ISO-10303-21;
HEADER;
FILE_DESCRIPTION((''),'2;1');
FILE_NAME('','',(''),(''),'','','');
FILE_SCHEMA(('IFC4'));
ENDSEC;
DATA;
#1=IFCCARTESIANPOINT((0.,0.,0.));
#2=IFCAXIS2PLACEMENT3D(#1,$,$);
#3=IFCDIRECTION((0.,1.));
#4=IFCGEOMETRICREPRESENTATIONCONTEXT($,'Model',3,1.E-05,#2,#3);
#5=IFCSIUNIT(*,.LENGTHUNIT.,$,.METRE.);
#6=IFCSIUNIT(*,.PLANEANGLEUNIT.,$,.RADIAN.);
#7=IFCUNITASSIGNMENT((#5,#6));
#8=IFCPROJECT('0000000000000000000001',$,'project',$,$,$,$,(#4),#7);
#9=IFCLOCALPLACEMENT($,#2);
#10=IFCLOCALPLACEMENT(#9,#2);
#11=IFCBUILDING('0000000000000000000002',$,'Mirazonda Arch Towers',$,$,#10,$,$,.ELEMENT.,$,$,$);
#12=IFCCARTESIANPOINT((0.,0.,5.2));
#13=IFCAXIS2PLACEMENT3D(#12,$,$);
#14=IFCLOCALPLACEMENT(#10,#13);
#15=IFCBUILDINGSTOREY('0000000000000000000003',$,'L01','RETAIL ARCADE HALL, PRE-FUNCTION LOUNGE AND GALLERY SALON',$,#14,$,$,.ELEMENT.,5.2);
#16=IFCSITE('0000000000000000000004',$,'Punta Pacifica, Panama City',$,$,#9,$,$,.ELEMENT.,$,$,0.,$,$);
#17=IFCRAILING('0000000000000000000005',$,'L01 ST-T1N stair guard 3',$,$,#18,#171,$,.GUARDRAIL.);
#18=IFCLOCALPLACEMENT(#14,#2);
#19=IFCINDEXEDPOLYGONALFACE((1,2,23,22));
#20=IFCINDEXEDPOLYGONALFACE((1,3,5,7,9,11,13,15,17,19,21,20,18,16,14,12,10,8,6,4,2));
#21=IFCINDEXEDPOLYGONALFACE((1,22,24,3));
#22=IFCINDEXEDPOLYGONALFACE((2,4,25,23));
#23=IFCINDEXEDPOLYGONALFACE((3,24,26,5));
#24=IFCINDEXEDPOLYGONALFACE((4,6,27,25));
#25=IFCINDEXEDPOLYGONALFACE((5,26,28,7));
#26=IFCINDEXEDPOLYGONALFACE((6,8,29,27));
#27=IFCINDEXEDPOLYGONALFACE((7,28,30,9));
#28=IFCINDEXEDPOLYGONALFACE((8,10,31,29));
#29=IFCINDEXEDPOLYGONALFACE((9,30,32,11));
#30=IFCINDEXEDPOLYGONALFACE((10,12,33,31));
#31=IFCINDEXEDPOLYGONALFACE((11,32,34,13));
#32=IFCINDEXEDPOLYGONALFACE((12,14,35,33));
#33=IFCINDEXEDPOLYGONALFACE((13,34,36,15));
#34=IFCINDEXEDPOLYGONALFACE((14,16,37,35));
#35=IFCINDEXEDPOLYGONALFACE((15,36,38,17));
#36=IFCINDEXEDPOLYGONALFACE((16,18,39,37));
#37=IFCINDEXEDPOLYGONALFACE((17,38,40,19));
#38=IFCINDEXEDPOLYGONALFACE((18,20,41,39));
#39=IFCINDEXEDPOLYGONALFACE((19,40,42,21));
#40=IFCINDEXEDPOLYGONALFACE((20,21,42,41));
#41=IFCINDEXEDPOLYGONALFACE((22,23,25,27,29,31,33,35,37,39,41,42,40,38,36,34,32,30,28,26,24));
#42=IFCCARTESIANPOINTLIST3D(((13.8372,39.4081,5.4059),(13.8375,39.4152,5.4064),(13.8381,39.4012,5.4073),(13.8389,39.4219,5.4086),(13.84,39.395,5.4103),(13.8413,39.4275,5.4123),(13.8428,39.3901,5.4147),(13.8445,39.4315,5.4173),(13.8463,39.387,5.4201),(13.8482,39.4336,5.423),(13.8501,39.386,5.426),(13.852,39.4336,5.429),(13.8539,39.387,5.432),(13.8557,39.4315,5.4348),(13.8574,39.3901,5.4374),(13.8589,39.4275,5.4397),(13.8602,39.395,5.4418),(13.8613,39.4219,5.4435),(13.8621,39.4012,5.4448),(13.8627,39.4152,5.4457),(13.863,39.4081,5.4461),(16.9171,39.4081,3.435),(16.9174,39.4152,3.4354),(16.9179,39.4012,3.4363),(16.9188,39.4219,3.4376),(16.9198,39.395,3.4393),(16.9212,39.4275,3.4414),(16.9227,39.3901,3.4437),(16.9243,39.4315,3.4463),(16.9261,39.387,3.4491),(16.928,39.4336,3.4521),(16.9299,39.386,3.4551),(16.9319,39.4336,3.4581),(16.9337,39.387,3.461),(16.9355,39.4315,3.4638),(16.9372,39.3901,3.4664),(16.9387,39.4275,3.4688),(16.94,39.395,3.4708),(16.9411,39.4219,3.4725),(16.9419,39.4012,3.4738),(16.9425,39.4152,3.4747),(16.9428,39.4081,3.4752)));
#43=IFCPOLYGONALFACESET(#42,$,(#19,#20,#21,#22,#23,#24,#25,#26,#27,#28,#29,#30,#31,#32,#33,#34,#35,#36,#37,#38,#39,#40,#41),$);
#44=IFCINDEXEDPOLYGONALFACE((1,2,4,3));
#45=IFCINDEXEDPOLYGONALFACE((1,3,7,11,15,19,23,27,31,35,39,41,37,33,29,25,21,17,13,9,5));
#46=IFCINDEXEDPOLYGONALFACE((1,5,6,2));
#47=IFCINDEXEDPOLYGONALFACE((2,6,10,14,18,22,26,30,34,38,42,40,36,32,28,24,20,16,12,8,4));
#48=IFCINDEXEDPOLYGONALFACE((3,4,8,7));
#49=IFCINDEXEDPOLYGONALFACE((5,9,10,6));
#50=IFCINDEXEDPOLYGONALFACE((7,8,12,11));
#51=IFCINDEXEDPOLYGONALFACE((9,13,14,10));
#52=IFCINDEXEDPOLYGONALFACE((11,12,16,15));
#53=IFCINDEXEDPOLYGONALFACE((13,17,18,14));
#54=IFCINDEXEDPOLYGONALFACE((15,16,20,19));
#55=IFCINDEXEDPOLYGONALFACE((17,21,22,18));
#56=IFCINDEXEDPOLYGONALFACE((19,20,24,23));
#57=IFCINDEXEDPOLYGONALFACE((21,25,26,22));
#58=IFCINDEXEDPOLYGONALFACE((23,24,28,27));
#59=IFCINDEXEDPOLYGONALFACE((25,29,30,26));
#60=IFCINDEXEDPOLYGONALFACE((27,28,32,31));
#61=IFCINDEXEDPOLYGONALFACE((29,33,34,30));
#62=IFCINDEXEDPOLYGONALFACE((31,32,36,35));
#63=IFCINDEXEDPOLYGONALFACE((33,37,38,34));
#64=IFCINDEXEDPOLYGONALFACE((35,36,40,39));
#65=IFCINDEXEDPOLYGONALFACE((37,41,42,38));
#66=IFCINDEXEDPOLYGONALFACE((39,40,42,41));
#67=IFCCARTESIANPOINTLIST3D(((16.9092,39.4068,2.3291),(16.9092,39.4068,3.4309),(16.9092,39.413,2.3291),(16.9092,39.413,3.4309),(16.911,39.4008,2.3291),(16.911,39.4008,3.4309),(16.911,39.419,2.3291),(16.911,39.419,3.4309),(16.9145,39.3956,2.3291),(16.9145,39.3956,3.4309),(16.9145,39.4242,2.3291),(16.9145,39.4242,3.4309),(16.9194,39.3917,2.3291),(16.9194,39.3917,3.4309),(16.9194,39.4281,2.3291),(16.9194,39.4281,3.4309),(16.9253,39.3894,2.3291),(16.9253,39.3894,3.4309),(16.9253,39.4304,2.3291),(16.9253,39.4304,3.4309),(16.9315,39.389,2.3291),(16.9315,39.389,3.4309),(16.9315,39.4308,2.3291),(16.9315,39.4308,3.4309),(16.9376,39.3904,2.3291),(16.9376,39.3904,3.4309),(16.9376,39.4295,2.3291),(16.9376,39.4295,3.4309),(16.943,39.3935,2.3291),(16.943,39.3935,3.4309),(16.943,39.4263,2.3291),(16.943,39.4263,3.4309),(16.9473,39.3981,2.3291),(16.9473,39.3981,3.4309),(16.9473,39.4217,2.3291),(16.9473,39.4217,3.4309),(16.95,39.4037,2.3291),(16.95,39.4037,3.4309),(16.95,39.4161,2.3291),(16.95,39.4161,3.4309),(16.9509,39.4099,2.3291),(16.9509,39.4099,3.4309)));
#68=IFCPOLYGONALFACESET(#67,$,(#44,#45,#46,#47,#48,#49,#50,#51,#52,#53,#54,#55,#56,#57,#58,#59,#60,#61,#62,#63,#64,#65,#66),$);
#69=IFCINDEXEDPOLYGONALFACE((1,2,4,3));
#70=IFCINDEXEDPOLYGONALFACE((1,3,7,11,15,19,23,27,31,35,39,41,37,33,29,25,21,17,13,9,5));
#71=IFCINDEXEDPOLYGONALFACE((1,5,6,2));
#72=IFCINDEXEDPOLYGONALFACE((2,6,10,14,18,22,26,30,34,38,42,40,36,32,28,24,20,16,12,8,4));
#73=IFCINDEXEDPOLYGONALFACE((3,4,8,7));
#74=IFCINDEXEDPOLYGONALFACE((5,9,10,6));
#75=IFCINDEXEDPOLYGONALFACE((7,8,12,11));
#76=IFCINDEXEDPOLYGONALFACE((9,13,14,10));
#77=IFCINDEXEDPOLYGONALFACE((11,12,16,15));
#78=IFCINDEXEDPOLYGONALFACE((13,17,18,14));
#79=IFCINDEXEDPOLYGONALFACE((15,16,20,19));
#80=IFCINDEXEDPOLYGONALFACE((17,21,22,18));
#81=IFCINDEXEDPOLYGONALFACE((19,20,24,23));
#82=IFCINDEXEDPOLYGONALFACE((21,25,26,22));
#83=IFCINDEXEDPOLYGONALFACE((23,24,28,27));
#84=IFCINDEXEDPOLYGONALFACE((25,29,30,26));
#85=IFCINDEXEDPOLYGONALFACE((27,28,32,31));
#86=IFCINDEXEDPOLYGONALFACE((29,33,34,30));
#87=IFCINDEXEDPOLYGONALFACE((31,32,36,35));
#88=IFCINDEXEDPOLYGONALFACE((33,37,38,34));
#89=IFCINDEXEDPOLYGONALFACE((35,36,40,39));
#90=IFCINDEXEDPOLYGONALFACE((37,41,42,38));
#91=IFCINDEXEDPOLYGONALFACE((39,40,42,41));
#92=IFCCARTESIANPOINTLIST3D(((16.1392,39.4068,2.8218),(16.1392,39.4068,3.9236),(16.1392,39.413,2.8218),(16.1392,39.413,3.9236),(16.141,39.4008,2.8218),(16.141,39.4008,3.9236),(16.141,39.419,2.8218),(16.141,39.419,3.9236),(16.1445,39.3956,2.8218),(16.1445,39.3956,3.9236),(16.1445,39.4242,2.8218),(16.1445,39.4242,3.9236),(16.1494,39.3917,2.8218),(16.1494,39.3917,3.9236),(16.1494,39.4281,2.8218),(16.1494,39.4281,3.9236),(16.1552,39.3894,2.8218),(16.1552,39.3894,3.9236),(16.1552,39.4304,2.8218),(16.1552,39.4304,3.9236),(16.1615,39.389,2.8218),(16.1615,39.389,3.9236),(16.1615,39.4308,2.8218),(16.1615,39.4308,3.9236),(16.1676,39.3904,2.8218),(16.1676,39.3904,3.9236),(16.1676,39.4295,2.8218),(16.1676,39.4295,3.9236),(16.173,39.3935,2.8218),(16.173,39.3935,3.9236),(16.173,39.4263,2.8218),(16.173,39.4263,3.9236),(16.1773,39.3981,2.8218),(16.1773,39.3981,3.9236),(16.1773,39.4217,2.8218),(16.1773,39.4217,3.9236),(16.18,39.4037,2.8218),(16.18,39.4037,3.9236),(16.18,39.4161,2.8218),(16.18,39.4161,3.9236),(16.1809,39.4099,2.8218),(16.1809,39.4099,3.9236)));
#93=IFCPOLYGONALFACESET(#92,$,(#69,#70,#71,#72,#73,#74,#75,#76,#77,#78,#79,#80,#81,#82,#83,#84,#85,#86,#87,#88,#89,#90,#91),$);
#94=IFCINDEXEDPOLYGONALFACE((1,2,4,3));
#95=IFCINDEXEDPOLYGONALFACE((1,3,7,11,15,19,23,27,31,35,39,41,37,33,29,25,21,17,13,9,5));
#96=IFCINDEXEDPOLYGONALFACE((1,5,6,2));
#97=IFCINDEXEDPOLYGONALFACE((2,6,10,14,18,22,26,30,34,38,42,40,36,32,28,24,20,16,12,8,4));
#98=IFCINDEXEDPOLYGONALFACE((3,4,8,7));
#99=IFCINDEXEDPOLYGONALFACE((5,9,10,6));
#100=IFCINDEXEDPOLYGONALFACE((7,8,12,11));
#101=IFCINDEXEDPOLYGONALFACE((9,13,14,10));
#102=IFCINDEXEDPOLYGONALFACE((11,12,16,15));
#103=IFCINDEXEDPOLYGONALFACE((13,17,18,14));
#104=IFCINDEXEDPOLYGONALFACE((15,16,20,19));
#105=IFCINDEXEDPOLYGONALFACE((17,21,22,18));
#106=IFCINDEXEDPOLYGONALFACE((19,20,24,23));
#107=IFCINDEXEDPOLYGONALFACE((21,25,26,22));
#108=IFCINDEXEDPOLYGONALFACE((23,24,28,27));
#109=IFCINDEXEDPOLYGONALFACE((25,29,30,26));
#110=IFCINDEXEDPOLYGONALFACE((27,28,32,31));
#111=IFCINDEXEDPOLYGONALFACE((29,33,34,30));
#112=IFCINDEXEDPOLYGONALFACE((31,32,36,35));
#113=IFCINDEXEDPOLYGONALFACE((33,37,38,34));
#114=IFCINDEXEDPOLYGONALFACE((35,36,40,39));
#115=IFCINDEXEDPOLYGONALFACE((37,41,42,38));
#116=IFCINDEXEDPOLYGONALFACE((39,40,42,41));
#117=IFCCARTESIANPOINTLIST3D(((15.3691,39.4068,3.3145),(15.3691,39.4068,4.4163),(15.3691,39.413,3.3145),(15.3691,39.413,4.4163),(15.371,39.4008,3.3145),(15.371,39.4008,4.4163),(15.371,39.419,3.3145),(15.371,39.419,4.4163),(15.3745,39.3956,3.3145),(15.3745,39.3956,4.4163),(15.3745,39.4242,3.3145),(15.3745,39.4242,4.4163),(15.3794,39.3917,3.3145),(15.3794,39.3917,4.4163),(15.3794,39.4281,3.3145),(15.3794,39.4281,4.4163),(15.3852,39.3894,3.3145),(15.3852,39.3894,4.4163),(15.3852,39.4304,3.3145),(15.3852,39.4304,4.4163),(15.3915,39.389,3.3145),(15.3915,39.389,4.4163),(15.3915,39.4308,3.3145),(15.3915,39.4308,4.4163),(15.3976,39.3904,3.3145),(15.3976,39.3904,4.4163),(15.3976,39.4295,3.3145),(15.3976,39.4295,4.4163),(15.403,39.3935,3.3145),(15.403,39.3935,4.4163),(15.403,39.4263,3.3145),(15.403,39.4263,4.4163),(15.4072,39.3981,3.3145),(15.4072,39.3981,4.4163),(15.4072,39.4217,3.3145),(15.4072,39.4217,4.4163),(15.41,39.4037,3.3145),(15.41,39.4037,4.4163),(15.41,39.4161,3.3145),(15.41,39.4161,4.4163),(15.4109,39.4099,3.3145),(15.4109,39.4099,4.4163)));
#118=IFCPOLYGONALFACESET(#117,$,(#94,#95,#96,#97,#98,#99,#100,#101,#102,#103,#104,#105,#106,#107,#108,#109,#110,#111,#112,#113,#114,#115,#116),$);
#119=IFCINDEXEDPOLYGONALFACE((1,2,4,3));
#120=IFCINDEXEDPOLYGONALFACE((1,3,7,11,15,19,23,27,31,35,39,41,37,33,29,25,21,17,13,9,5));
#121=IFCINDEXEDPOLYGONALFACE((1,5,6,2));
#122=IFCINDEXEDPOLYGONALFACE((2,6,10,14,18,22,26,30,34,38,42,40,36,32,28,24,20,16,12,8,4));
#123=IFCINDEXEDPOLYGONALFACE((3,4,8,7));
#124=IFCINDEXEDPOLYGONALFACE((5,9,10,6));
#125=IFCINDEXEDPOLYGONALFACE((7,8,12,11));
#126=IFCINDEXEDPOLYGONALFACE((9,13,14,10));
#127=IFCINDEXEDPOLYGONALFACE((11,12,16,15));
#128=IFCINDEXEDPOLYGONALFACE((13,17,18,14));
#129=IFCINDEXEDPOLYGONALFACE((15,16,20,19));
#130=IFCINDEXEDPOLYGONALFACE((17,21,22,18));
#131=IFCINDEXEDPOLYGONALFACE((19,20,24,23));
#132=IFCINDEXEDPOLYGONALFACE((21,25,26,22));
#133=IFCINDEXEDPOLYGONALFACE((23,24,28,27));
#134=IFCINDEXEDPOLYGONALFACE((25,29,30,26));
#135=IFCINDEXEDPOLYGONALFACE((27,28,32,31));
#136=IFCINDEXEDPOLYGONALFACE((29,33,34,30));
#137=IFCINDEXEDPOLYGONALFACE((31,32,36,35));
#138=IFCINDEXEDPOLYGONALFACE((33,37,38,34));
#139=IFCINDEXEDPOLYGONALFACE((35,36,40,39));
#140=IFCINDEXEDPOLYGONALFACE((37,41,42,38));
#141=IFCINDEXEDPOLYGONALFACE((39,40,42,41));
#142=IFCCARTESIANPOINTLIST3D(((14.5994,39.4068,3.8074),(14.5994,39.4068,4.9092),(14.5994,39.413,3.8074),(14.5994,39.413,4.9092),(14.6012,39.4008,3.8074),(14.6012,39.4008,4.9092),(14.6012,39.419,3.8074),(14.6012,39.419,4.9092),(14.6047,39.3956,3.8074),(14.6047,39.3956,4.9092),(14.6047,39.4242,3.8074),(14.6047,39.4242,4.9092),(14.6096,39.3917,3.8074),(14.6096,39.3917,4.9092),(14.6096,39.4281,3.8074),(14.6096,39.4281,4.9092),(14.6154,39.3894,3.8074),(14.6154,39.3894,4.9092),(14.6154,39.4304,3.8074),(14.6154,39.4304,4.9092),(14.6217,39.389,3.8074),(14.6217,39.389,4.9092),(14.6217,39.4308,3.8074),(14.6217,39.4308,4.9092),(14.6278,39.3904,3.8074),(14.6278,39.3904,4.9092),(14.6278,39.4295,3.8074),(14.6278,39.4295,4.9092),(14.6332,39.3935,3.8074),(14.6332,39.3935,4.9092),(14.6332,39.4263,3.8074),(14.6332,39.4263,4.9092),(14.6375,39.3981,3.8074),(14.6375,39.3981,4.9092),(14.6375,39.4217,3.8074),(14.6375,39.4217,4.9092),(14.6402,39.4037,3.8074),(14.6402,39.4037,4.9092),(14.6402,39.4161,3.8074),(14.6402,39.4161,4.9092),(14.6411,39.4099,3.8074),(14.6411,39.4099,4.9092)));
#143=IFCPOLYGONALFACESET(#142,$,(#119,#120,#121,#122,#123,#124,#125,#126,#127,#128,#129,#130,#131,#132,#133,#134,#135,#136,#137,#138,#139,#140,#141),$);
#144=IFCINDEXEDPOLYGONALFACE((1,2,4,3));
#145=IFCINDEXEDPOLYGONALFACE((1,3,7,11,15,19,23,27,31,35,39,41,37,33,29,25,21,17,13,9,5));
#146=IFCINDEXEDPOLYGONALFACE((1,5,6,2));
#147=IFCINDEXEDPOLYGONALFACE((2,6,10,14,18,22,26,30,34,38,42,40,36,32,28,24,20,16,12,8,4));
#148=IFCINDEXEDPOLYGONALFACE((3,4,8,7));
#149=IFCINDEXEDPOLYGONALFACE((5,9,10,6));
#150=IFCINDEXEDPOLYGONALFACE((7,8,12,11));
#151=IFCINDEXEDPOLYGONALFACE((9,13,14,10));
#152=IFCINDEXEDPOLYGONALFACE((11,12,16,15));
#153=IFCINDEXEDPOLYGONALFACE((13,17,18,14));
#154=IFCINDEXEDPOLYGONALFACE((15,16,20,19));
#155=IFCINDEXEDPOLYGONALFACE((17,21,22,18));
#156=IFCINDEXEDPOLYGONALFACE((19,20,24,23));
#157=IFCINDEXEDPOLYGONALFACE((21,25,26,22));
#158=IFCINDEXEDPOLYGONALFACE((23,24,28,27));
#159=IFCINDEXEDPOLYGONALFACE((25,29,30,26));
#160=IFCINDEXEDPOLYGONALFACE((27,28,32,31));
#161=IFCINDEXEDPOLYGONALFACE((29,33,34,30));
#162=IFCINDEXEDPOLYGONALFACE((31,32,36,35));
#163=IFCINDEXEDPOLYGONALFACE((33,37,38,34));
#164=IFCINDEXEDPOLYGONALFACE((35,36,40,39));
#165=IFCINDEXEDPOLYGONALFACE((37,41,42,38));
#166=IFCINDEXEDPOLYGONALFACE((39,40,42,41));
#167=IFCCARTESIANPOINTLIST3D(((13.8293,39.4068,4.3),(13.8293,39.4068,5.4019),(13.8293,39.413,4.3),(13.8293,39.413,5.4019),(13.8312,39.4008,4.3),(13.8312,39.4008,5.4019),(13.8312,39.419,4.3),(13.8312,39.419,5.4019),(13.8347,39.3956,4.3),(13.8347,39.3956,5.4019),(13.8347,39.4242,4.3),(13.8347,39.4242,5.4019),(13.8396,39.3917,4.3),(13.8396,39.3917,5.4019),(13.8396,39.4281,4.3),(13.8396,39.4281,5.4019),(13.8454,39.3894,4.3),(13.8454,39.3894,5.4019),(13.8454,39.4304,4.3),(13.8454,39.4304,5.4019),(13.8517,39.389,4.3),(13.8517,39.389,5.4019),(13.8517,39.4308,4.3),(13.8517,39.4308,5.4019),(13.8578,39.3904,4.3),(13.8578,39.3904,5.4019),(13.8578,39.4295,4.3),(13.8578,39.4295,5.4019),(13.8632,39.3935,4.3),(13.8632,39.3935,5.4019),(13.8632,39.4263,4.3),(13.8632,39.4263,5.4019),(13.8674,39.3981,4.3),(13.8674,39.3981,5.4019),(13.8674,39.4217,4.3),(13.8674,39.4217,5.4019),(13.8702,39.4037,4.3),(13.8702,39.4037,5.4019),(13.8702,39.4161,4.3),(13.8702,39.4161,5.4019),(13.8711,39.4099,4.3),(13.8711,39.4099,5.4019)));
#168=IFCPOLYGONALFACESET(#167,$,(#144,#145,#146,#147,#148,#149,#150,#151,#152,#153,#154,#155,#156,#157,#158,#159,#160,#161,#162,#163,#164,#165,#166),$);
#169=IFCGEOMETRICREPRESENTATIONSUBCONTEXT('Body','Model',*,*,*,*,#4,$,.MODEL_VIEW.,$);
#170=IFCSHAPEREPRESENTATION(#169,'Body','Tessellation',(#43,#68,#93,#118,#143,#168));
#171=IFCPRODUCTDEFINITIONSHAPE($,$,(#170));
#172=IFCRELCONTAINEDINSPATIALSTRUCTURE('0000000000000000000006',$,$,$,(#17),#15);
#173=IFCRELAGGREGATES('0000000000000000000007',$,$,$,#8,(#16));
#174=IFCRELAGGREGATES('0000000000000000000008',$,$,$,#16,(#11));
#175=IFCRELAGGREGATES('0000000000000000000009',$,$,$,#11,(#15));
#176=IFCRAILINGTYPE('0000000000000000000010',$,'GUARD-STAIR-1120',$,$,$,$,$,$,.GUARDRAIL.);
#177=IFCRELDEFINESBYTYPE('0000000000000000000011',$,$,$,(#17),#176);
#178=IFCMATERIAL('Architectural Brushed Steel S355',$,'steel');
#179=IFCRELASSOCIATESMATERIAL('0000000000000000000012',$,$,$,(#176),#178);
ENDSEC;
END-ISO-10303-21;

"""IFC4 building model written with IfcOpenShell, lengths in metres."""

from ifc_helpers import new_model, si_unit, direction, frame, origin, origin_2d, place, context, subcontext, project, spatial, circle, extrude, material, type_object, element, save


model = new_model("IFC4")

# Units and contexts
model_context = context("Model", 3, precision=1e-05, world=origin(), true_north=direction((0.0, 1.0)))
body_context = subcontext(model_context, "Body", "Model", "MODEL_VIEW")
ifc_project = project(units=[si_unit("LENGTHUNIT", "METRE"), si_unit("PLANEANGLEUNIT", "RADIAN")], contexts=[model_context])

# Site, building, storey
site_placement = place(None, origin())
site = spatial("IfcSite", under=ifc_project, at=site_placement, Name="Punta Pacifica, Panama City", CompositionType="ELEMENT", RefElevation=0.0)
building_placement = place(site_placement, origin())
building = spatial("IfcBuilding", under=site, at=building_placement, Name="Mirazonda Arch Towers", CompositionType="ELEMENT")
storey_placement = place(building_placement, frame((0.0, 0.0, 5.2)))
storey = spatial("IfcBuildingStorey", under=building, at=storey_placement, Name="L01", Description="RETAIL ARCADE HALL, PRE-FUNCTION LOUNGE AND GALLERY SALON", CompositionType="ELEMENT", Elevation=5.2)

# Shared definitions
ifc_material_1 = material(Name="Architectural Brushed Steel S355", Category="steel")

# Railing
railing_type_1 = type_object("IfcRailingType", Name="GUARD-STAIR-1120", PredefinedType="GUARDRAIL", material=ifc_material_1)
railing_1_placement = place(storey_placement, frame((16.9299, 39.4099, 2.3291)))
element("IfcRailing", 1, at=railing_1_placement, inside=storey, type_object=railing_type_1, Name="L01 ST-T1N stair guard 3", PredefinedType="GUARDRAIL", context=body_context, shape_type="SweptSolid", body=[
    extrude(circle(Radius=0.0239, at=origin_2d()), frame((0.0, 0.0, 1.126), z_axis=(-0.84229, 0.0, 0.539025), x_axis=(0.0, -1.0, 0.0)), (0.0, 0.0, 1.0), 3.6565),
    extrude(circle(Radius=0.021, at=origin_2d()), origin(), (0.0, 0.0, 1.0), 1.1018),
    extrude(circle(Radius=0.021, at=origin_2d()), frame((-0.77, 0.0, 0.4927)), (0.0, 0.0, 1.0), 1.1018),
    extrude(circle(Radius=0.021, at=origin_2d()), frame((-1.54, 0.0, 0.9854)), (0.0, 0.0, 1.0), 1.1018),
    extrude(circle(Radius=0.021, at=origin_2d()), frame((-2.3098, 0.0, 1.4783)), (0.0, 0.0, 1.0), 1.1018),
    extrude(circle(Radius=0.021, at=origin_2d()), frame((-3.0798, 0.0, 1.9709)), (0.0, 0.0, 1.0), 1.1018),
])

save(model, "model.ifc")
